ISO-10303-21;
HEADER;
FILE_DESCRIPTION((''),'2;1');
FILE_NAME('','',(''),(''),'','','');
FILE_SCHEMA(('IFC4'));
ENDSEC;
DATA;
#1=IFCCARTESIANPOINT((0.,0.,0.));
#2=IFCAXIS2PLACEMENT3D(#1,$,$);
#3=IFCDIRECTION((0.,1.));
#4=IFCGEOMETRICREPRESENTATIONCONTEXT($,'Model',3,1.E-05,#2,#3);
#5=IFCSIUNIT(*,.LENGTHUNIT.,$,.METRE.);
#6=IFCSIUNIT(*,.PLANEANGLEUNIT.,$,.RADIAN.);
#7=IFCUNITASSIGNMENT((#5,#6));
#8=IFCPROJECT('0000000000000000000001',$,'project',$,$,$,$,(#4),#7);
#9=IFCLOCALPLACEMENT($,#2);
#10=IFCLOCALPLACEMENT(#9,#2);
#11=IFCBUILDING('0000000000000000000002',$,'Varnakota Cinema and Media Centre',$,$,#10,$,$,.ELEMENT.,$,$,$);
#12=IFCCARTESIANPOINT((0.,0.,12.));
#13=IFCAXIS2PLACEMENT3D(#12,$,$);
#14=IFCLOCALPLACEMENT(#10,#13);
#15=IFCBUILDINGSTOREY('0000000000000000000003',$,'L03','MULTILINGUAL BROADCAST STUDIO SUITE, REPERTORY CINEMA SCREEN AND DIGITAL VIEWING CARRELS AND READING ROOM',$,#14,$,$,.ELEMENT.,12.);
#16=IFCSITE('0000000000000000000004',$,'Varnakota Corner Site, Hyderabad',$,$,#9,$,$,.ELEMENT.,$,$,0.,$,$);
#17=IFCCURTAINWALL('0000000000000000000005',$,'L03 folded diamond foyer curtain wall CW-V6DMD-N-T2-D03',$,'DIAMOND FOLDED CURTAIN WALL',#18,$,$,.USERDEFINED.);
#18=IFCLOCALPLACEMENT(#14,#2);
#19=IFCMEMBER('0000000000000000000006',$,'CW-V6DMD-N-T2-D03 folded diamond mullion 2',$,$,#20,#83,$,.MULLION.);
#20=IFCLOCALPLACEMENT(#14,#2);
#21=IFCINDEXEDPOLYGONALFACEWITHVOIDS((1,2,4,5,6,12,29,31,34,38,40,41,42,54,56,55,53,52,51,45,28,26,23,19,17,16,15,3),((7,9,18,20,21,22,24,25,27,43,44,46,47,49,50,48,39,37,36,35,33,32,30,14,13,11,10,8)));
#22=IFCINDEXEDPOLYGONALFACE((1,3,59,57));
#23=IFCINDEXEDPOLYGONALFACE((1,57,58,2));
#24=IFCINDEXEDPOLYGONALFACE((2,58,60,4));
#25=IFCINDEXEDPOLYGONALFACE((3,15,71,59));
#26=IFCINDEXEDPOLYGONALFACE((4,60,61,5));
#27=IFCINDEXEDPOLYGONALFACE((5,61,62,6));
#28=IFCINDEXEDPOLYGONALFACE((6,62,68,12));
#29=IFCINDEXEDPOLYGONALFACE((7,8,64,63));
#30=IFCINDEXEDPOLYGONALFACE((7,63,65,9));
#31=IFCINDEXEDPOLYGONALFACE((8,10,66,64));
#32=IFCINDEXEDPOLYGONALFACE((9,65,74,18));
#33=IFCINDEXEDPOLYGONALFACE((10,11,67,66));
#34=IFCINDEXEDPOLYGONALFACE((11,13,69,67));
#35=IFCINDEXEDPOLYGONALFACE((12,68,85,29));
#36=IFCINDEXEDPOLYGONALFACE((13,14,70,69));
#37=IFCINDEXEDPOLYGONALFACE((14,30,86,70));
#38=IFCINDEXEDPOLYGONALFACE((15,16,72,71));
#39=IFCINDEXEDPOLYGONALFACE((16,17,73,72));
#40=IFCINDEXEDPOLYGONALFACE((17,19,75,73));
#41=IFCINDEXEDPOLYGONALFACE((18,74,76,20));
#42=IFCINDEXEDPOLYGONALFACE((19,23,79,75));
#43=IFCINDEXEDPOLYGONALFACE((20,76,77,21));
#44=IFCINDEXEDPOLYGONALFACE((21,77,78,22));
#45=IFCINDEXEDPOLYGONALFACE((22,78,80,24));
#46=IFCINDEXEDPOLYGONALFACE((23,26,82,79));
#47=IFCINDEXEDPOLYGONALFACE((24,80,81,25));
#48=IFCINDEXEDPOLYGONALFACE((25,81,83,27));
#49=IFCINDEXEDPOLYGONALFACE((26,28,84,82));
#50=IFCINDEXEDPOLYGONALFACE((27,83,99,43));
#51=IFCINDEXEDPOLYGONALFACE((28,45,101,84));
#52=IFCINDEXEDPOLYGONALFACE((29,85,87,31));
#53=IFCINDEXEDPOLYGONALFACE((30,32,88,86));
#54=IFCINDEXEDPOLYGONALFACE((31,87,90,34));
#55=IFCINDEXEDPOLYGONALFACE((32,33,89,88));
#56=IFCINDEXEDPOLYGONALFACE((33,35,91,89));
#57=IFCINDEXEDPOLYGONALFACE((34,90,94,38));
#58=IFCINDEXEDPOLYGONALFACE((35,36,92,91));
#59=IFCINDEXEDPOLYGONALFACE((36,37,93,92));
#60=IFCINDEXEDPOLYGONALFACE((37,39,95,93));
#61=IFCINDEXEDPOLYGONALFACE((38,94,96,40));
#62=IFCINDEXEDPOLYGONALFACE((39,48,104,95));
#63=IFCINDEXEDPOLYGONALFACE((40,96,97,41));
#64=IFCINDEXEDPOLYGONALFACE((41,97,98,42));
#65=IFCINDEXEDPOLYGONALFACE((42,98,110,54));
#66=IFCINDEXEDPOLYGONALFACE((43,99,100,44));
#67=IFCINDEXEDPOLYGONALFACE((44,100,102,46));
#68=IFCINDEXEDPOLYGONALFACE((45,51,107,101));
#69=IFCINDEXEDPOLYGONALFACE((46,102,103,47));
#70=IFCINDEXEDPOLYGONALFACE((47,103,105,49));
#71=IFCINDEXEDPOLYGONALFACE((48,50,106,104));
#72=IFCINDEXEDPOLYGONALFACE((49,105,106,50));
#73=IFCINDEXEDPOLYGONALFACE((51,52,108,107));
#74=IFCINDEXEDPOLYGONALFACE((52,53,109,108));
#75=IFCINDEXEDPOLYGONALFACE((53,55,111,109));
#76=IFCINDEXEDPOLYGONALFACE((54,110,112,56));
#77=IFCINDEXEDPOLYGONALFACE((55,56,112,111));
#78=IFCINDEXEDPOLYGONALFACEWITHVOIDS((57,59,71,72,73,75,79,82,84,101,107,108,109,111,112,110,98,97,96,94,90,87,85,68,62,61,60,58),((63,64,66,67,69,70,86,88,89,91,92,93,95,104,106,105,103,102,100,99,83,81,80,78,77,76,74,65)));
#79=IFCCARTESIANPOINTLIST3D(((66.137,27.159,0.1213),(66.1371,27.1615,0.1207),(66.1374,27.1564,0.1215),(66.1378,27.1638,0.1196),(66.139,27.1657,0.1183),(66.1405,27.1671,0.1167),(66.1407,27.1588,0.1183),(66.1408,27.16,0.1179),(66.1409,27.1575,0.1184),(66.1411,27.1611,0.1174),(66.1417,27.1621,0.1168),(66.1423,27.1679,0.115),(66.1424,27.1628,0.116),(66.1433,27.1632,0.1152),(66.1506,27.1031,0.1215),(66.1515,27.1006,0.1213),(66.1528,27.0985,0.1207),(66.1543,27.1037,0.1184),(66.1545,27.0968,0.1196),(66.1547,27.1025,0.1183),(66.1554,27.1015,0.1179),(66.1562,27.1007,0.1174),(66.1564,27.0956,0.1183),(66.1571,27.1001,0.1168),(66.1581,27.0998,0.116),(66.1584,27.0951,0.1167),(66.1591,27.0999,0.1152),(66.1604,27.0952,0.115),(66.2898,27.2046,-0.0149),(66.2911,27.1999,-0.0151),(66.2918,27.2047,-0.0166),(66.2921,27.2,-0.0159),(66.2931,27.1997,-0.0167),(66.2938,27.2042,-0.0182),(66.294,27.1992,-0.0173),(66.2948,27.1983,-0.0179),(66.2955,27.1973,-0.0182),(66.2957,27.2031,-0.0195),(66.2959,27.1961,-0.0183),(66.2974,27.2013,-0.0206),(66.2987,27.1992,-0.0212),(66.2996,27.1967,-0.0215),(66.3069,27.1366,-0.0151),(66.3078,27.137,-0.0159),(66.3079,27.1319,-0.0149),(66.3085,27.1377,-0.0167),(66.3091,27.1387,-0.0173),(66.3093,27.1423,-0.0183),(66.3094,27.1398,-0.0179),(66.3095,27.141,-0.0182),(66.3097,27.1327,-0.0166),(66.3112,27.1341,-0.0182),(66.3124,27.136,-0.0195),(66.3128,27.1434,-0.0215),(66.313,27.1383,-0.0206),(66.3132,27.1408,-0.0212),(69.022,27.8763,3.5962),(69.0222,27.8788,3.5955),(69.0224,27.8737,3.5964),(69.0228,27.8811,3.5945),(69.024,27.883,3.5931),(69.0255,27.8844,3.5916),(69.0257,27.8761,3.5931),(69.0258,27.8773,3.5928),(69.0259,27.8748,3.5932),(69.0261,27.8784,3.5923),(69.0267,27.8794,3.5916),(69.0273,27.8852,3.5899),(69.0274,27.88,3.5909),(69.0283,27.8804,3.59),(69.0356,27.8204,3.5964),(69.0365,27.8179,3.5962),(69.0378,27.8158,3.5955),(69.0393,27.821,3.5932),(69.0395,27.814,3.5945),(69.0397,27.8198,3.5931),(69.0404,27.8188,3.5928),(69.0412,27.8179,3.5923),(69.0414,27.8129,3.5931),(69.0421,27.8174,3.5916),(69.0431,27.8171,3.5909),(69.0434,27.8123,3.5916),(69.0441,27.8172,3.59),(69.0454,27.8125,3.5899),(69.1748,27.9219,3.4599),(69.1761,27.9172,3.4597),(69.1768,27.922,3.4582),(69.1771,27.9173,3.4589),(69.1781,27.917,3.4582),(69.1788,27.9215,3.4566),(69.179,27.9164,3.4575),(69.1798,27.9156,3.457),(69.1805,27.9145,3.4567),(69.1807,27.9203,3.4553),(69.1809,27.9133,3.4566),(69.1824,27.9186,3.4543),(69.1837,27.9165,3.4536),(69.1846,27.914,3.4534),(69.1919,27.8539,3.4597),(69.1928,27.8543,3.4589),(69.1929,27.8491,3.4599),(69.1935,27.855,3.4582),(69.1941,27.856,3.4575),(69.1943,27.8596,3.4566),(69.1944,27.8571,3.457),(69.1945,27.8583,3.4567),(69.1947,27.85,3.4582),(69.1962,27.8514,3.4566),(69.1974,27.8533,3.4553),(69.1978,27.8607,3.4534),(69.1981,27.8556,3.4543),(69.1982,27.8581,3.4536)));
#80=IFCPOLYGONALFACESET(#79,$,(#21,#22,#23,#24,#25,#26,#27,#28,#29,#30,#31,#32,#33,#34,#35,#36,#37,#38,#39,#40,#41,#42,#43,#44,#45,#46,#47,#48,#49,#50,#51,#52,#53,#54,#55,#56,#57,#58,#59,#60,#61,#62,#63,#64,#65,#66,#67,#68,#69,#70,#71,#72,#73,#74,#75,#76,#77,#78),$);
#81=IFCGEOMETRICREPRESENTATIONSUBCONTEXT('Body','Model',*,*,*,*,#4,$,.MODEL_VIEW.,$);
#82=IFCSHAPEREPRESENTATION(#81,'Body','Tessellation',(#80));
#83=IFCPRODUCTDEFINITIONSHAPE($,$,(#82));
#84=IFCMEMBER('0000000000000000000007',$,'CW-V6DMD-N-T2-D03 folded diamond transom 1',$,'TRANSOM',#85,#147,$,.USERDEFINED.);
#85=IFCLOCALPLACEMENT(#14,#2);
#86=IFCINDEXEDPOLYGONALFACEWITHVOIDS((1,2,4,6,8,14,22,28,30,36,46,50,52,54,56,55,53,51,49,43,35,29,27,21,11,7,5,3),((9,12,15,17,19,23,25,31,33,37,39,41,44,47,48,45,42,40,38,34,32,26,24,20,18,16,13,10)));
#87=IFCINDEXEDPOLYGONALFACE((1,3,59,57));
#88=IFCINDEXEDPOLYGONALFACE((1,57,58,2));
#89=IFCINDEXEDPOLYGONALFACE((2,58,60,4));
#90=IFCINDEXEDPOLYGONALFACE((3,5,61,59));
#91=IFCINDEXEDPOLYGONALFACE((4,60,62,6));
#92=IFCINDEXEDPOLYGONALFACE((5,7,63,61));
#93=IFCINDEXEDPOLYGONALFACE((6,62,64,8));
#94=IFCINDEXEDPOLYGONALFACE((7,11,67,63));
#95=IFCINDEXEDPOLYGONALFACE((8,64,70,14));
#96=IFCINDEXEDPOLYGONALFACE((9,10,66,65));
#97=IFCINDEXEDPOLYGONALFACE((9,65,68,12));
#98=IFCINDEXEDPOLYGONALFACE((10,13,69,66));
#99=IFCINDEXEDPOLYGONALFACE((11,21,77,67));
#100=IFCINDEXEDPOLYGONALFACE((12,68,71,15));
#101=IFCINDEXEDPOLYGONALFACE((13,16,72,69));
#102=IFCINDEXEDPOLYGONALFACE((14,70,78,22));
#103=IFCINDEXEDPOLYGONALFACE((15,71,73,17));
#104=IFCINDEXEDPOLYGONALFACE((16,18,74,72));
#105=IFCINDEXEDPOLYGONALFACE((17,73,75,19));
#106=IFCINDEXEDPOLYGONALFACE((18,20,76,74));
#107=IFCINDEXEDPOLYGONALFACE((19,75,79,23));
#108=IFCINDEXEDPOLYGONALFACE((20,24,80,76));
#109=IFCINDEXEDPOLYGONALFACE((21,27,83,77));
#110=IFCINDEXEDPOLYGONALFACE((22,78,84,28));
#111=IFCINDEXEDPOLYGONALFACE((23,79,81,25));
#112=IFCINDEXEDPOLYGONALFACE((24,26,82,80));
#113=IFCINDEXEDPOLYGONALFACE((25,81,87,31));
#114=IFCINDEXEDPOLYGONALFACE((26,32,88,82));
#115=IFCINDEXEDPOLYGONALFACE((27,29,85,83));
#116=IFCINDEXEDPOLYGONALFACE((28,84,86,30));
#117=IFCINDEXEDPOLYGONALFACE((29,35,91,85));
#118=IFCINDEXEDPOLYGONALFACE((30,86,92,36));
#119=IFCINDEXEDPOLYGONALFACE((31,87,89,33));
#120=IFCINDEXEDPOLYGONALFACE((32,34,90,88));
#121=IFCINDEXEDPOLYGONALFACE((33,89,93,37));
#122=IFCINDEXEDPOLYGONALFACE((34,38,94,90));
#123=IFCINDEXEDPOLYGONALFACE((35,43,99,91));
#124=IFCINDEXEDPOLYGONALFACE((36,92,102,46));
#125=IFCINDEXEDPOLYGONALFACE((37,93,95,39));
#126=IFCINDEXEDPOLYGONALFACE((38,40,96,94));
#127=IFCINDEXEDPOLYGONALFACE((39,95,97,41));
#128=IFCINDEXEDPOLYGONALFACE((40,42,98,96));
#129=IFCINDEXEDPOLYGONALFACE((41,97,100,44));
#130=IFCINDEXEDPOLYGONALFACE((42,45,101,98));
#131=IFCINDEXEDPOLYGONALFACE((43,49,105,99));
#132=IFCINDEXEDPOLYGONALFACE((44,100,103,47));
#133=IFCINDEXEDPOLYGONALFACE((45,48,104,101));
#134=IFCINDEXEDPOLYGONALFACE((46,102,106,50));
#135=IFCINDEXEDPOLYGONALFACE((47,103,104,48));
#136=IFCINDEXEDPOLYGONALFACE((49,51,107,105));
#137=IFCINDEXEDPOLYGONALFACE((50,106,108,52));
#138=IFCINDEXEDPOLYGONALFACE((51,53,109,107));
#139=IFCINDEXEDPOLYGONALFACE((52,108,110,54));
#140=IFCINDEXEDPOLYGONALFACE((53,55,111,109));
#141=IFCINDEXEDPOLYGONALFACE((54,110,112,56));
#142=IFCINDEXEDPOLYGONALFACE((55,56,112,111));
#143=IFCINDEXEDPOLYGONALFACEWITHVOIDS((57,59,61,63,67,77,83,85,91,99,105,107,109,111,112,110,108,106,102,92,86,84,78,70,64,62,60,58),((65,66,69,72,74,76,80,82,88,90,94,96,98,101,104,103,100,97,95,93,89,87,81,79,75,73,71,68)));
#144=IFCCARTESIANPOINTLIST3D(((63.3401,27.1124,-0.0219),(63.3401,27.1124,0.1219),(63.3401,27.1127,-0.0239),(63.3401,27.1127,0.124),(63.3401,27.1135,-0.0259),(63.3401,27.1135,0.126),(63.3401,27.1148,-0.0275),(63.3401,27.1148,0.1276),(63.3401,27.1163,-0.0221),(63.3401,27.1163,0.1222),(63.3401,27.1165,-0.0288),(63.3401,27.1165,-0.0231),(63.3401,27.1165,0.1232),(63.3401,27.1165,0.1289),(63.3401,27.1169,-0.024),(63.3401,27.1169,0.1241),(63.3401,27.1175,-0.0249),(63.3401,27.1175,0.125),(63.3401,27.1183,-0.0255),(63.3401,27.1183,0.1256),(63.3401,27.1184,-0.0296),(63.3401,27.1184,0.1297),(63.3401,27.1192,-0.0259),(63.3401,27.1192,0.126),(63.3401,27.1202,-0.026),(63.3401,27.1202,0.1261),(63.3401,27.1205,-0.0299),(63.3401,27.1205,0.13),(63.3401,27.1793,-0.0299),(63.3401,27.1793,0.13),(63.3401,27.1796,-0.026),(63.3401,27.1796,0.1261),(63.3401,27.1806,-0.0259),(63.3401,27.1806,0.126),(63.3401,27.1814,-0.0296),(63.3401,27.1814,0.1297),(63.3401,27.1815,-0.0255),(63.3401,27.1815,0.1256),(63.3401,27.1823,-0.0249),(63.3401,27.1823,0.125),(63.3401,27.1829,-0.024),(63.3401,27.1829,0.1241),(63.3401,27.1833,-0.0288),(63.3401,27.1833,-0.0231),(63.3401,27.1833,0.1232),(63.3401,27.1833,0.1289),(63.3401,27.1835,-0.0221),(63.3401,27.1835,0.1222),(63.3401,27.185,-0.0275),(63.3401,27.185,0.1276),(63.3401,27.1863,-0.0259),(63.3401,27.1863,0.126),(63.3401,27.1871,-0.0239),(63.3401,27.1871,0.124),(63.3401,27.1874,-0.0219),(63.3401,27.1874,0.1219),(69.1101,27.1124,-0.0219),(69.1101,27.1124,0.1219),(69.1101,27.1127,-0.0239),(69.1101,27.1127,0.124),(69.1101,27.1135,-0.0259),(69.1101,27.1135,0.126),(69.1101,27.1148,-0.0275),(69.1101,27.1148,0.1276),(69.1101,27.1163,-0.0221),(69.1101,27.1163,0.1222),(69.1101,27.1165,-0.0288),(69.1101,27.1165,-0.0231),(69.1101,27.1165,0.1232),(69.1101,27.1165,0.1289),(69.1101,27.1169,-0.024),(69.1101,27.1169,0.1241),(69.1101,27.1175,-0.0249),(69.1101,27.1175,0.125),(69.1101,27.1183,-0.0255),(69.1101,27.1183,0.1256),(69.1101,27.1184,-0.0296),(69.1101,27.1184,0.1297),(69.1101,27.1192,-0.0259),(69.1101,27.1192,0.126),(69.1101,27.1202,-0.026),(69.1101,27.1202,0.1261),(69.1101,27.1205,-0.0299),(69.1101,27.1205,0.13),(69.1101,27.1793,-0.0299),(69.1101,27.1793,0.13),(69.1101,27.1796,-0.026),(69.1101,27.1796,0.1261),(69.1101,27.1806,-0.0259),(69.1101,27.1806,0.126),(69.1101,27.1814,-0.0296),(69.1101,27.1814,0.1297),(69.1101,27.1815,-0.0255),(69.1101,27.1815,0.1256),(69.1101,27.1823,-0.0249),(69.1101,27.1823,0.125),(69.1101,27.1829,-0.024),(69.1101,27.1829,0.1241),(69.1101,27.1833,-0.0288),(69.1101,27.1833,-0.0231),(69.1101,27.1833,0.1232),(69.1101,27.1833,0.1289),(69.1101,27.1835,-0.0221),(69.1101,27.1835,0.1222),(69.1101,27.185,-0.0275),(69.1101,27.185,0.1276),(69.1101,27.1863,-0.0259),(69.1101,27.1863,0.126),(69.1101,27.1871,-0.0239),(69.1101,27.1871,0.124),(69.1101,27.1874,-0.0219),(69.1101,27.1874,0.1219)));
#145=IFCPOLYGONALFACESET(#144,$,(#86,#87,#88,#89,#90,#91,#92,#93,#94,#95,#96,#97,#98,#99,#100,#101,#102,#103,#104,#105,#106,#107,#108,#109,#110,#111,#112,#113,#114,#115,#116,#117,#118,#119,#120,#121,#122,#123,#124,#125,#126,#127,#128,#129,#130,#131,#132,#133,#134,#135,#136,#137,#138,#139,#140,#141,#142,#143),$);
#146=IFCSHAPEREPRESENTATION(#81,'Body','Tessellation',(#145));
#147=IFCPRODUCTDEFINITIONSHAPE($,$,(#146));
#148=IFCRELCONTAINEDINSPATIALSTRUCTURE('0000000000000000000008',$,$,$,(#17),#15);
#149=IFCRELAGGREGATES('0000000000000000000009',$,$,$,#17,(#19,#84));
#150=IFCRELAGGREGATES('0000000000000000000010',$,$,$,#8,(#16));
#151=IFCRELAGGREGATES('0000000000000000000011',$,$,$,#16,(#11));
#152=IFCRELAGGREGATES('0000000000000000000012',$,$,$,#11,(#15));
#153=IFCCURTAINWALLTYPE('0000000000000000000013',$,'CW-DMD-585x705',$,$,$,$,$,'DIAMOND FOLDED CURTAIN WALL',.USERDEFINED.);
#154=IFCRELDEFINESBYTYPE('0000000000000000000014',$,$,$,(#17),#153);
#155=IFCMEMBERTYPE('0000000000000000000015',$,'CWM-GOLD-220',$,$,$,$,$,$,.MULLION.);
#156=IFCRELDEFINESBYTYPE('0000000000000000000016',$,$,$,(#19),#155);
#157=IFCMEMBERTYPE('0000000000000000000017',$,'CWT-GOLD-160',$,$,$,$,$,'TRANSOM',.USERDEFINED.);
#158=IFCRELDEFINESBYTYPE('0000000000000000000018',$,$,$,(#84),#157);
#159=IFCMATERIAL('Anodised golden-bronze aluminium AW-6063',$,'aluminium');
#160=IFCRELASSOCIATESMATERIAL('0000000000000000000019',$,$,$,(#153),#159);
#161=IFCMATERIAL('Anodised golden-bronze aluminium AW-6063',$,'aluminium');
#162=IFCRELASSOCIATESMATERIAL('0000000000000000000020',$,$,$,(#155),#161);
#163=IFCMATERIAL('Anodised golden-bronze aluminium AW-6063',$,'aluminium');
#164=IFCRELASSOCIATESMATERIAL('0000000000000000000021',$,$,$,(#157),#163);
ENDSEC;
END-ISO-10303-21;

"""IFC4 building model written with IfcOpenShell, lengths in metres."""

from ifc_helpers import new_model, si_unit, direction, frame, origin, origin_2d, place, context, subcontext, project, spatial, hollow_rectangle, extrude, material, material_profile, profile_set, type_object, element, aggregate, save


model = new_model("IFC4")

# Units and contexts
model_context = context("Model", 3, precision=1e-05, world=origin(), true_north=direction((0.0, 1.0)))
body_context = subcontext(model_context, "Body", "Model", "MODEL_VIEW")
ifc_project = project(units=[si_unit("LENGTHUNIT", "METRE"), si_unit("PLANEANGLEUNIT", "RADIAN")], contexts=[model_context])

# Site, building, storey
site_placement = place(None, origin())
site = spatial("IfcSite", under=ifc_project, at=site_placement, Name="Varnakota Corner Site, Hyderabad", CompositionType="ELEMENT", RefElevation=0.0)
building_placement = place(site_placement, origin())
building = spatial("IfcBuilding", under=site, at=building_placement, Name="Varnakota Cinema and Media Centre", CompositionType="ELEMENT")
storey_placement = place(building_placement, frame((0.0, 0.0, 12.0)))
storey = spatial("IfcBuildingStorey", under=building, at=storey_placement, Name="L03", Description="MULTILINGUAL BROADCAST STUDIO SUITE, REPERTORY CINEMA SCREEN AND DIGITAL VIEWING CARRELS AND READING ROOM", CompositionType="ELEMENT", Elevation=12.0)

# Curtain wall, members
ifc_material_1 = material(Name="Anodised golden-bronze aluminium AW-6063", Category="aluminium")
curtain_wall_type = type_object("IfcCurtainWallType", Name="CW-DMD-585x705", ElementType="DIAMOND FOLDED CURTAIN WALL", PredefinedType="USERDEFINED", material=ifc_material_1)
curtain_wall_1_placement = place(storey_placement, origin())
curtain_wall_1 = element("IfcCurtainWall", 1, at=curtain_wall_1_placement, inside=storey, type_object=curtain_wall_type, Name="L03 folded diamond foyer curtain wall CW-V6DMD-N-T2-D03", ObjectType="DIAMOND FOLDED CURTAIN WALL", PredefinedType="USERDEFINED")
ifc_material_2 = material(Name="Anodised golden-bronze aluminium AW-6063", Category="aluminium")
ifc_material_profile_1 = material_profile(ifc_material_2, hollow_rectangle(XDim=0.075, YDim=0.22, WallThickness=0.0049, InnerFilletRadius=0.0049, OuterFilletRadius=0.01, at=origin_2d()), Name="AL-MULLION 220x75x5")
ifc_profile_set_1 = profile_set([ifc_material_profile_1], Name="Anodised golden-bronze aluminium AW-6063")
member_type_1 = type_object("IfcMemberType", Name="CWM-GOLD-220", PredefinedType="MULLION", material=ifc_profile_set_1)
member_1_placement = place(storey_placement, frame((66.2251, 27.1499, 0.05), z_axis=(0.630878, 0.156852, 0.759862), x_axis=(-0.241279, 0.970456, 0.0)))
member_1 = element("IfcMember", 2, at=member_1_placement, type_object=member_type_1, Name="CW-V6DMD-N-T2-D03 folded diamond mullion 2", PredefinedType="MULLION", context=body_context, shape_type="SweptSolid", body=[
    extrude(hollow_rectangle(XDim=0.075, YDim=0.22, WallThickness=0.0049, InnerFilletRadius=0.0049, OuterFilletRadius=0.01, at=origin_2d()), origin(), (0.0, 0.0, 1.0), 4.573),
])
ifc_material_3 = material(Name="Anodised golden-bronze aluminium AW-6063", Category="aluminium")
ifc_material_profile_2 = material_profile(ifc_material_3, hollow_rectangle(XDim=0.075, YDim=0.1599, WallThickness=0.0039, InnerFilletRadius=0.0039, OuterFilletRadius=0.0081, at=origin_2d()), Name="AL-TRANSOM 160x75x4")
ifc_profile_set_2 = profile_set([ifc_material_profile_2], Name="Anodised golden-bronze aluminium AW-6063")
member_type_2 = type_object("IfcMemberType", Name="CWT-GOLD-160", ElementType="TRANSOM", PredefinedType="USERDEFINED", material=ifc_profile_set_2)
member_2_placement = place(storey_placement, frame((63.3401, 27.1499, 0.05), z_axis=(1.0, 0.0, 0.0), x_axis=(0.0, 1.0, 0.0)))
member_2 = element("IfcMember", 3, at=member_2_placement, type_object=member_type_2, Name="CW-V6DMD-N-T2-D03 folded diamond transom 1", ObjectType="TRANSOM", PredefinedType="USERDEFINED", context=body_context, shape_type="SweptSolid", body=[
    extrude(hollow_rectangle(XDim=0.075, YDim=0.1599, WallThickness=0.0039, InnerFilletRadius=0.0039, OuterFilletRadius=0.0081, at=origin_2d()), origin(), (0.0, 0.0, 1.0), 5.77),
])

aggregate(curtain_wall_1, [member_1, member_2])

save(model, "model.ifc")
